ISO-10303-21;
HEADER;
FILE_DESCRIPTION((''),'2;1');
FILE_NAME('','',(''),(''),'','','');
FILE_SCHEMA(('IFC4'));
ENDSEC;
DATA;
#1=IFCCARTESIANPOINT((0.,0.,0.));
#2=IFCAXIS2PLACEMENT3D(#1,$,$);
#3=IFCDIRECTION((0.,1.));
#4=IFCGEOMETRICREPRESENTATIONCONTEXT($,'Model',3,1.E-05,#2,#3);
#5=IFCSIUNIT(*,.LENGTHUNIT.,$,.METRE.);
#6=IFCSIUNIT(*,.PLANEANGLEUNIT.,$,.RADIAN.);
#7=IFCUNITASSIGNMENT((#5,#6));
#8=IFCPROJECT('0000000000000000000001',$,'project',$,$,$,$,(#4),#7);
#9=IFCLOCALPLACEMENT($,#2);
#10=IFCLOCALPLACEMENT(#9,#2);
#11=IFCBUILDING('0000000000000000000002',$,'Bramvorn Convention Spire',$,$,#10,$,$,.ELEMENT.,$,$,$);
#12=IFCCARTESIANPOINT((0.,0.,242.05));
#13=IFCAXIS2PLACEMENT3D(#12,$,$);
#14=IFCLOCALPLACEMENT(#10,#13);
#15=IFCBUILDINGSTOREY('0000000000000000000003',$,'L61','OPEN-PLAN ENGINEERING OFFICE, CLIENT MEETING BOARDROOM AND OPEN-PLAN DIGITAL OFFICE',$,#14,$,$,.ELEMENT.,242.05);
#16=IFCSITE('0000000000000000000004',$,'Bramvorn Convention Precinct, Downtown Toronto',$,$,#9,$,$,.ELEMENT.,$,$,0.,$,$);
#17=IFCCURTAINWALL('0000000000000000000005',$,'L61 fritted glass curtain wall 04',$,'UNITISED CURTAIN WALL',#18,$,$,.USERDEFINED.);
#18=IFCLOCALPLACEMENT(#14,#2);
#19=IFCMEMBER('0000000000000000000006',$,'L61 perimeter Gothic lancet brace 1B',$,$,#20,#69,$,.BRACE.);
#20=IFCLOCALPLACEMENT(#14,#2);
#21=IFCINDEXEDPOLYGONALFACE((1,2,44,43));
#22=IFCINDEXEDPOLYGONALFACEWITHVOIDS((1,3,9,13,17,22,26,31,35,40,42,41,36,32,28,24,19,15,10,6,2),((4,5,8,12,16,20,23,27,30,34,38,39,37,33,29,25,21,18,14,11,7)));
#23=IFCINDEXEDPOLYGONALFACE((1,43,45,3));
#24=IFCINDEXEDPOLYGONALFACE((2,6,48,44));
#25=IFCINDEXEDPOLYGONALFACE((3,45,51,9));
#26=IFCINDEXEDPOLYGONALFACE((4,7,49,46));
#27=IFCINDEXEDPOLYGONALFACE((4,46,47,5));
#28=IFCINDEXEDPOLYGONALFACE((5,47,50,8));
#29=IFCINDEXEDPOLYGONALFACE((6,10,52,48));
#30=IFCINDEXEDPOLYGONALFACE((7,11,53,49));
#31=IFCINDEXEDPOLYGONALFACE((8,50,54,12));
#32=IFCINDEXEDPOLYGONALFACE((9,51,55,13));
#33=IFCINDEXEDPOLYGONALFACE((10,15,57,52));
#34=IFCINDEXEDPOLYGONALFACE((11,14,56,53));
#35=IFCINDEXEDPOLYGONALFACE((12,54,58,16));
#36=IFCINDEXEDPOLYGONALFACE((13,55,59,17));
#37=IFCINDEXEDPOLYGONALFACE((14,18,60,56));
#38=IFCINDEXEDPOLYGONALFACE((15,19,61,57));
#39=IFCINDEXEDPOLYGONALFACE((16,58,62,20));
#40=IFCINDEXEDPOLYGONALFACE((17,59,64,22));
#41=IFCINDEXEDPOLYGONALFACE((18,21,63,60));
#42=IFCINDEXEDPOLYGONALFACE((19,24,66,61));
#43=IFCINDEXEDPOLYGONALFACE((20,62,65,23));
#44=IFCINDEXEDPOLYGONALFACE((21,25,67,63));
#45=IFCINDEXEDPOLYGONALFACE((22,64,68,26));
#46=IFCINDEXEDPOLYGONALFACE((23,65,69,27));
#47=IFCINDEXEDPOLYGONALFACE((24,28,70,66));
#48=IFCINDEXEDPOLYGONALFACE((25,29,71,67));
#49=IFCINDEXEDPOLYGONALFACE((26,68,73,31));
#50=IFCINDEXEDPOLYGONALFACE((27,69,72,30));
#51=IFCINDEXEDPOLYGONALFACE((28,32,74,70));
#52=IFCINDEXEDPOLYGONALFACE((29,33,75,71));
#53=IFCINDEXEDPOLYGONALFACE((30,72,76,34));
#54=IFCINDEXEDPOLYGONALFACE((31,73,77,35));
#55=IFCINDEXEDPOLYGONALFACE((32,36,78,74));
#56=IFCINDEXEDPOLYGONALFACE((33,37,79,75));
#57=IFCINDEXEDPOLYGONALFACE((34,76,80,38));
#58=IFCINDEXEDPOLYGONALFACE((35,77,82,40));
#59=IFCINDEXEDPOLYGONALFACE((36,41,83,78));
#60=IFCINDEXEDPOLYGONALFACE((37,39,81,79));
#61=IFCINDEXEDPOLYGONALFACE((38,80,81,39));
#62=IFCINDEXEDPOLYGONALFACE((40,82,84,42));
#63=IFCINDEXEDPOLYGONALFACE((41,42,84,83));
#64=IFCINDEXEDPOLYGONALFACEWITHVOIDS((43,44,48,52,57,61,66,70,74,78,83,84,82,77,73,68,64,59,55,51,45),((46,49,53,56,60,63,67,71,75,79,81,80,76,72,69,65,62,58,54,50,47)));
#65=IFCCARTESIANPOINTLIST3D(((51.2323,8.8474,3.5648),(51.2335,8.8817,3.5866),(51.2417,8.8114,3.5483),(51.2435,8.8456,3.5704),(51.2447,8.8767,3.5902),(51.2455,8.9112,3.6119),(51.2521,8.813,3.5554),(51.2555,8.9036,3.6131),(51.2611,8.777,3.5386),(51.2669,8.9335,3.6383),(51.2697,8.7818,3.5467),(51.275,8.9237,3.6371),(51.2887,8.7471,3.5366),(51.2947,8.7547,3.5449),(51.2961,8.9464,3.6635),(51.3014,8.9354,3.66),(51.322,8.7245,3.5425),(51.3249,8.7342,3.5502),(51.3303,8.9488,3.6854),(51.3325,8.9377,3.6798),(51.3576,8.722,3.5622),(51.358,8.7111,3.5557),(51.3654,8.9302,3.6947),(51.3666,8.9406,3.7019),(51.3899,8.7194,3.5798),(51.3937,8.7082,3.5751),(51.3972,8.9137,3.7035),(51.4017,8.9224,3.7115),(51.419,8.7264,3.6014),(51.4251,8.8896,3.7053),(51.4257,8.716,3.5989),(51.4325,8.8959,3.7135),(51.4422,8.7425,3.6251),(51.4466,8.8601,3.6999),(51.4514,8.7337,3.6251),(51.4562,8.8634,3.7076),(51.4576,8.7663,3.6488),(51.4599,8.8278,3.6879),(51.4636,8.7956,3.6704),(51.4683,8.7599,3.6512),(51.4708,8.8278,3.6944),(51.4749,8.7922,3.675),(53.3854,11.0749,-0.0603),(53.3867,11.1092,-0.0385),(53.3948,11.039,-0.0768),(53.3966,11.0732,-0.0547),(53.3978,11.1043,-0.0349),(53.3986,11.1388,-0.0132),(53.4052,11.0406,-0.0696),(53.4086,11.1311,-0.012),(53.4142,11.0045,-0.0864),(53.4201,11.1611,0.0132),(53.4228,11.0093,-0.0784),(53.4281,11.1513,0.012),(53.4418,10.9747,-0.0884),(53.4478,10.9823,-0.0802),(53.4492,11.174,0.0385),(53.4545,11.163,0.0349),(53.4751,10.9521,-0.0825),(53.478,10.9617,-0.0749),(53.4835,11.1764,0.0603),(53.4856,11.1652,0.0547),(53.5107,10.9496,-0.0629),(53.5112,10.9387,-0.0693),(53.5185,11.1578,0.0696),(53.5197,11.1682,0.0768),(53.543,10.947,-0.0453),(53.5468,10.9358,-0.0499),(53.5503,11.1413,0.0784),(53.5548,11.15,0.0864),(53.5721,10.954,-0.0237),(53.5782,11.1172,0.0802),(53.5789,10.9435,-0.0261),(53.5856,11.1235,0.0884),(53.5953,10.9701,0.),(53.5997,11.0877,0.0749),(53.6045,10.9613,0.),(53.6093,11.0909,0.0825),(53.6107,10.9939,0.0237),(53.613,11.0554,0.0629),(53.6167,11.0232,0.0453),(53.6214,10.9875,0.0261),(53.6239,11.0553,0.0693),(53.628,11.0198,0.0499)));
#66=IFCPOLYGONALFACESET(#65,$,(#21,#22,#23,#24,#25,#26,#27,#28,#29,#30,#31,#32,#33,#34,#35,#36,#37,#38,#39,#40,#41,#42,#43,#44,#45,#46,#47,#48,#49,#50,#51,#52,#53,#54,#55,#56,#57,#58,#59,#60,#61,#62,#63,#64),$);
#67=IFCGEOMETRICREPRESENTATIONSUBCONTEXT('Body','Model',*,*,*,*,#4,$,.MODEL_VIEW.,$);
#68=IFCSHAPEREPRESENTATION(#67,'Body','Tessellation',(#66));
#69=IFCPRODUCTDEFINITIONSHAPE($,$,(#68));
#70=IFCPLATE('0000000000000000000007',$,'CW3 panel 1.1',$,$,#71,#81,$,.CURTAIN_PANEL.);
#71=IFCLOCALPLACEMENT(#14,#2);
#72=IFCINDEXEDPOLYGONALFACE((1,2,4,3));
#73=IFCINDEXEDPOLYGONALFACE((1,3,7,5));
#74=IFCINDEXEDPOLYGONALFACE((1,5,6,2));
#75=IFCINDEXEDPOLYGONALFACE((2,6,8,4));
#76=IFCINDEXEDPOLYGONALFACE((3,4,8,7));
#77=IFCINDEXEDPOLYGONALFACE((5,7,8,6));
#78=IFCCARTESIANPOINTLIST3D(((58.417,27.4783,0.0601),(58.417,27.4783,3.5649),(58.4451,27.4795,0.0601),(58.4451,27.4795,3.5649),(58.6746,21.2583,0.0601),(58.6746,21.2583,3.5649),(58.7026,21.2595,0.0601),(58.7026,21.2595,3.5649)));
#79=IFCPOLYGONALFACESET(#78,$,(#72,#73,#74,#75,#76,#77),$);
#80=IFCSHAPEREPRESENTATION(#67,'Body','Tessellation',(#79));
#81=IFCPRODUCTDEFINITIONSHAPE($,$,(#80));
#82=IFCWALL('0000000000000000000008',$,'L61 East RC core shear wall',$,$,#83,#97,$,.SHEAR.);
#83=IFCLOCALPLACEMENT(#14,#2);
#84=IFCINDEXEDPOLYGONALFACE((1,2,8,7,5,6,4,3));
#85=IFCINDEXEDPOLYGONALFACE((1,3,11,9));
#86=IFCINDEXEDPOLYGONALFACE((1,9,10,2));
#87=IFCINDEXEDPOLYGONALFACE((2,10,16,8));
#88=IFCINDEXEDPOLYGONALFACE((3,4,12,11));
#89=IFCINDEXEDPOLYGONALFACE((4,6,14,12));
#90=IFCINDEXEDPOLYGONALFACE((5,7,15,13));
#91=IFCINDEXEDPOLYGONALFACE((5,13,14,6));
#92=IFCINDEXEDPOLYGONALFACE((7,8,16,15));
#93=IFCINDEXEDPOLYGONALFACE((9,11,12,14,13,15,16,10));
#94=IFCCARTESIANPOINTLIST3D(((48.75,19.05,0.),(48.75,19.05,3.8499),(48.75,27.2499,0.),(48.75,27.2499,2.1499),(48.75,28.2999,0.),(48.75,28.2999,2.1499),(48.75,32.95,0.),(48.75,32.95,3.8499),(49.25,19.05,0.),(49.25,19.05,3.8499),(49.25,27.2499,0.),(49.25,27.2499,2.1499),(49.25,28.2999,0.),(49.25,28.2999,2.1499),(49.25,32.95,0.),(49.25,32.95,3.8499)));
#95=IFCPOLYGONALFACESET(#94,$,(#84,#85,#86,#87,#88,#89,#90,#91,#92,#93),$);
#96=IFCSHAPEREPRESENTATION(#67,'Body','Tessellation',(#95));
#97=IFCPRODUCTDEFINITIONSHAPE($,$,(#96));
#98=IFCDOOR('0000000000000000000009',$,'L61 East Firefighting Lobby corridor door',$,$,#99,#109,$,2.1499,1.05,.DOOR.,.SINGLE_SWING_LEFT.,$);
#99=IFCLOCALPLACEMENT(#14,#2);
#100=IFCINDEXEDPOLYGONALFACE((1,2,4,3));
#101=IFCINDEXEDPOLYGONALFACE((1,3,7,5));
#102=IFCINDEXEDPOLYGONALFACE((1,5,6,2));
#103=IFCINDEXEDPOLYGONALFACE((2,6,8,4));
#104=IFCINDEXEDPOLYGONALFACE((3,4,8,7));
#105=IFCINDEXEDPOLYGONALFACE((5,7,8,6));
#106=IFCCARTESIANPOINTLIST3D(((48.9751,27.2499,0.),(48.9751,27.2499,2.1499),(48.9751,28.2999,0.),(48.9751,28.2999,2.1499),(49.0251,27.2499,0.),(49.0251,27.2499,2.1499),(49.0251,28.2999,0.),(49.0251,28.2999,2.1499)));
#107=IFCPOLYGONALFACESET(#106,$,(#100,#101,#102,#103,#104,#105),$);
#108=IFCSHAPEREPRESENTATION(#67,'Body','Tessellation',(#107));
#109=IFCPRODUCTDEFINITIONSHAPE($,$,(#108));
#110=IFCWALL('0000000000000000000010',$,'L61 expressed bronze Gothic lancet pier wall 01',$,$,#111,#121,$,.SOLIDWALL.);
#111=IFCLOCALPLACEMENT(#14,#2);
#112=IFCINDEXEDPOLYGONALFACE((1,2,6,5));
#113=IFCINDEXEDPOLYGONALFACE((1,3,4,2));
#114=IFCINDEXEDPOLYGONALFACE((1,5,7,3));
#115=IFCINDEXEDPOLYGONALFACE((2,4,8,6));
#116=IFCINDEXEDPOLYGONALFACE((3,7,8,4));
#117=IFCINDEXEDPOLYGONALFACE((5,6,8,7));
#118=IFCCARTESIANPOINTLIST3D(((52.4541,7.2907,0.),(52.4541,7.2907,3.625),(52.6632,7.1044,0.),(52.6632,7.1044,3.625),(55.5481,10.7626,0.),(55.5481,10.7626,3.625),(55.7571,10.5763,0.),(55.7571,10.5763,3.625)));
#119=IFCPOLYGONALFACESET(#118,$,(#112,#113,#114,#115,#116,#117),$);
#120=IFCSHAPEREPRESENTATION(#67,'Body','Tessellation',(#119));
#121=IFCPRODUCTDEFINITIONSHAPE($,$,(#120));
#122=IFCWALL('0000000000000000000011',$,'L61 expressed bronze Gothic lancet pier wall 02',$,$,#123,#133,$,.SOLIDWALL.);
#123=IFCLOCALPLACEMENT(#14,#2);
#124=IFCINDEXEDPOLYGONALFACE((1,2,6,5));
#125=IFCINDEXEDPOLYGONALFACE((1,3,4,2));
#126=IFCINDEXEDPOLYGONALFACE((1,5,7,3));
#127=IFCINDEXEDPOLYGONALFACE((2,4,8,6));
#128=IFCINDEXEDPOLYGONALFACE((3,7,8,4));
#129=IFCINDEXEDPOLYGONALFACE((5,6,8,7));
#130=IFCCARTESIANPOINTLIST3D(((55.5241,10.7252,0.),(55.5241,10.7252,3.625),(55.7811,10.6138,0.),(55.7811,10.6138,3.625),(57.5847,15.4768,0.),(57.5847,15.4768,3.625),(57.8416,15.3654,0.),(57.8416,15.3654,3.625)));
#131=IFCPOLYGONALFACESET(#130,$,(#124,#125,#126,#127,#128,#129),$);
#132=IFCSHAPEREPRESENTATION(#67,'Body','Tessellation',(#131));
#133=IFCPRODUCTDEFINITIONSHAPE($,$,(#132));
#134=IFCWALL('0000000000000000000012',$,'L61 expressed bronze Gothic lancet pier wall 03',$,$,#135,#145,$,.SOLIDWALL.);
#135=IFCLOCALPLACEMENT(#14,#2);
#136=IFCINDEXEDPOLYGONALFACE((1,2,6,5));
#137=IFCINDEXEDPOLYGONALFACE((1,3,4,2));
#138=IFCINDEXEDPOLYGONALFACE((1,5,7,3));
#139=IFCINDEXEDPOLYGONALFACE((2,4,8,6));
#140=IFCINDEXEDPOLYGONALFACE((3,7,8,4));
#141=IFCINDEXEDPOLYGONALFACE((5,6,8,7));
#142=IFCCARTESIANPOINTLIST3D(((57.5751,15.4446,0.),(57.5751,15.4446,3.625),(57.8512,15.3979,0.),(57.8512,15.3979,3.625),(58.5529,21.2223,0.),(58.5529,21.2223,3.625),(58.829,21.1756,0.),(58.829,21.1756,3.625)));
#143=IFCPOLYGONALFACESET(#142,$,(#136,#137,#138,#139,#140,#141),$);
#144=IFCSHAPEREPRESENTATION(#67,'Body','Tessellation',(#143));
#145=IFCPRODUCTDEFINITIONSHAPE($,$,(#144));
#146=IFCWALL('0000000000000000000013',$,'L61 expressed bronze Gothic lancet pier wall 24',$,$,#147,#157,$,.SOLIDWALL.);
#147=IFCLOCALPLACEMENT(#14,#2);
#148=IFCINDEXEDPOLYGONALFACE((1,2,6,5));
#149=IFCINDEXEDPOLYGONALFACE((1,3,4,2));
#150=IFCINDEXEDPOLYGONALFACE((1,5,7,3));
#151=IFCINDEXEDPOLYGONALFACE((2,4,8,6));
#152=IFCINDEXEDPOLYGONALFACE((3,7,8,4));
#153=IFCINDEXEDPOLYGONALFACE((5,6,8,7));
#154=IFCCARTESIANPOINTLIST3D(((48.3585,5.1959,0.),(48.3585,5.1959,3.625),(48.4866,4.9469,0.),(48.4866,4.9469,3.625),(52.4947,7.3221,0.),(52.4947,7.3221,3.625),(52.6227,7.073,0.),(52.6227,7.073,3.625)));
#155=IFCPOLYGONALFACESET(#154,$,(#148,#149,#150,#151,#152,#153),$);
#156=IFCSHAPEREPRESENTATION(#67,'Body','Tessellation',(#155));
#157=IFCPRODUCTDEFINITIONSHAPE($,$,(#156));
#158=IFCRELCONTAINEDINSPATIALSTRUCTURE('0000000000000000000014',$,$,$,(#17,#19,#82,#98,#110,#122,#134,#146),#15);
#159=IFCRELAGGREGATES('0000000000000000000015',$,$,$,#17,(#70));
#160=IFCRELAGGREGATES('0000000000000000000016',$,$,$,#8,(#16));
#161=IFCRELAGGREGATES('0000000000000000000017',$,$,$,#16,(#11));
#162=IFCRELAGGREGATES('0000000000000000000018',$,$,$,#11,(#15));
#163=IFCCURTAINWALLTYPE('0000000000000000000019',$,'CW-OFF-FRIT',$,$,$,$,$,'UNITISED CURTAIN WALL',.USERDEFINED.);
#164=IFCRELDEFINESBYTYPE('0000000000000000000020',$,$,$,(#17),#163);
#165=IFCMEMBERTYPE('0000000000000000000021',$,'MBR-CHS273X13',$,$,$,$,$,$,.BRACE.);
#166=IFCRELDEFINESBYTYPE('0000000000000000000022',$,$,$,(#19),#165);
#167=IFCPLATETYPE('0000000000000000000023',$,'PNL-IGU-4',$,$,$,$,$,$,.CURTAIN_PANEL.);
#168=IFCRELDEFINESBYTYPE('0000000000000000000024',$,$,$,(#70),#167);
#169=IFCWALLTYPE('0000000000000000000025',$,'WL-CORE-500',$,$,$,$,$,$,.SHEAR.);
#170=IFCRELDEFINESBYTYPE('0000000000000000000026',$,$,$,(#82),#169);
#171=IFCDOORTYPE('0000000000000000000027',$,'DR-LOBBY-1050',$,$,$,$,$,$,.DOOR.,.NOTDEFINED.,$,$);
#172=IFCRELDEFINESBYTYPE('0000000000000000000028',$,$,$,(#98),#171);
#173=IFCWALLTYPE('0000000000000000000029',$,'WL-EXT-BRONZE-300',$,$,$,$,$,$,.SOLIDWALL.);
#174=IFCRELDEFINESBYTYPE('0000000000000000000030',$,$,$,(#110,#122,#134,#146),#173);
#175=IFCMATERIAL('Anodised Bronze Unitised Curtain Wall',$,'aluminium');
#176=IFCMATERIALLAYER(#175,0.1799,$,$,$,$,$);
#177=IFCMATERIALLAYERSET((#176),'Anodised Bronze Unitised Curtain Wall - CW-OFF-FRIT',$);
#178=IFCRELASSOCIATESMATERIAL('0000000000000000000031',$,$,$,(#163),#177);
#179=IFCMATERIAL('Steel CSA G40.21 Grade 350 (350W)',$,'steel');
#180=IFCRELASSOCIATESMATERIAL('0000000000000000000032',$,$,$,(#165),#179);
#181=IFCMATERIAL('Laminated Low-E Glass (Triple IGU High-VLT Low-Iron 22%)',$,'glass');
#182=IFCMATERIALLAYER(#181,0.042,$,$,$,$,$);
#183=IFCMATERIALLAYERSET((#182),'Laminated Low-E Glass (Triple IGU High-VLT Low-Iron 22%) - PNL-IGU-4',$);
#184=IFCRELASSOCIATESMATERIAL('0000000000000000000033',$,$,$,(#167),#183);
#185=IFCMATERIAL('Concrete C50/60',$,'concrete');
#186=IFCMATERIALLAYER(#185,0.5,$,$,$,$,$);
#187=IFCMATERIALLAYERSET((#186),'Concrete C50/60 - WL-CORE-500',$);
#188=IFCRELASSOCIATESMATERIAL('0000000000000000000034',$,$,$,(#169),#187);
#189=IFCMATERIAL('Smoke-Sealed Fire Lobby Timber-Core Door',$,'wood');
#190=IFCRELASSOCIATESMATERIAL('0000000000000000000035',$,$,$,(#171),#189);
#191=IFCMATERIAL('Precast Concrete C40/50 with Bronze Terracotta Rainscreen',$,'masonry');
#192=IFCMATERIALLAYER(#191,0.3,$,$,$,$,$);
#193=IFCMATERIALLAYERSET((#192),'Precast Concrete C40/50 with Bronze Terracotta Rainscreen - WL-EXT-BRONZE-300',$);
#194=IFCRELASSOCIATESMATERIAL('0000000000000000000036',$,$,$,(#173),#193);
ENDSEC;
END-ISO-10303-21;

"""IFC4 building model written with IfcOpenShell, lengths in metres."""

from ifc_helpers import new_model, si_unit, direction, frame, frame_2d, origin, origin_2d, place, context, subcontext, project, spatial, rectangle, hollow_circle, extrude, material, layer, layer_set, material_profile, profile_set, type_object, element, fill, aggregate, save


model = new_model("IFC4")

# Units and contexts
model_context = context("Model", 3, precision=1e-05, world=origin(), true_north=direction((0.0, 1.0)))
body_context = subcontext(model_context, "Body", "Model", "MODEL_VIEW")
ifc_project = project(units=[si_unit("LENGTHUNIT", "METRE"), si_unit("PLANEANGLEUNIT", "RADIAN")], contexts=[model_context])

# Site, building, storey
site_placement = place(None, origin())
site = spatial("IfcSite", under=ifc_project, at=site_placement, Name="Bramvorn Convention Precinct, Downtown Toronto", CompositionType="ELEMENT", RefElevation=0.0)
building_placement = place(site_placement, origin())
building = spatial("IfcBuilding", under=site, at=building_placement, Name="Bramvorn Convention Spire", CompositionType="ELEMENT")
storey_placement = place(building_placement, frame((0.0, 0.0, 242.05)))
storey = spatial("IfcBuildingStorey", under=building, at=storey_placement, Name="L61", Description="OPEN-PLAN ENGINEERING OFFICE, CLIENT MEETING BOARDROOM AND OPEN-PLAN DIGITAL OFFICE", CompositionType="ELEMENT", Elevation=242.05)

# Shared definitions
ifc_material_1 = material(Name="Steel CSA G40.21 Grade 350 (350W)", Category="steel")

# Curtain wall
ifc_material_2 = material(Name="Anodised Bronze Unitised Curtain Wall", Category="aluminium")
ifc_layer_1 = layer(ifc_material_2, 0.1799)
ifc_layer_set_1 = layer_set([ifc_layer_1], Name="Anodised Bronze Unitised Curtain Wall - CW-OFF-FRIT")
curtain_wall_type = type_object("IfcCurtainWallType", Name="CW-OFF-FRIT", ElementType="UNITISED CURTAIN WALL", PredefinedType="USERDEFINED", material=ifc_layer_set_1)
curtain_wall_1_placement = place(storey_placement, origin())
curtain_wall_1 = element("IfcCurtainWall", 1, at=curtain_wall_1_placement, inside=storey, type_object=curtain_wall_type, Name="L61 fritted glass curtain wall 04", ObjectType="UNITISED CURTAIN WALL", PredefinedType="USERDEFINED")

# Member
ifc_material_profile_1 = material_profile(ifc_material_1, hollow_circle(Radius=0.1365, WallThickness=0.0127, at=origin_2d()))
ifc_profile_set_1 = profile_set([ifc_material_profile_1], Name="Steel CSA G40.21 Grade 350 (350W) - CHS273X13")
member_type_1 = type_object("IfcMemberType", Name="MBR-CHS273X13", PredefinedType="BRACE", material=ifc_profile_set_1)
for number, where, z_axis, x_axis, name in (
    (2, (53.5063, 11.0562, 0.0), (-0.451524, -0.467139, 0.760202), (0.719023, -0.694987, 0.0), "L61 perimeter Gothic lancet brace 1B"),
):
    element("IfcMember", number, at=place(storey_placement, frame(where, z_axis=z_axis, x_axis=x_axis)), inside=storey, type_object=member_type_1, Name=name, PredefinedType="BRACE", context=body_context, shape_type="SweptSolid", body=[
        extrude(hollow_circle(Radius=0.1365, WallThickness=0.0127, at=origin_2d()), origin(), (0.0, 0.0, 1.0), 4.7686),
    ])

# Plate
ifc_material_3 = material(Name="Laminated Low-E Glass (Triple IGU High-VLT Low-Iron 22%)", Category="glass")
ifc_layer_2 = layer(ifc_material_3, 0.042)
ifc_layer_set_2 = layer_set([ifc_layer_2], Name="Laminated Low-E Glass (Triple IGU High-VLT Low-Iron 22%) - PNL-IGU-4")
plate_type = type_object("IfcPlateType", Name="PNL-IGU-4", PredefinedType="CURTAIN_PANEL", material=ifc_layer_set_2)
plate_placement = place(storey_placement, frame((58.5598, 24.3689, 0.0601), z_axis=(0.0, 0.0, 1.0), x_axis=(0.04137, -0.999144, 0.0)))
plate = element("IfcPlate", 3, at=plate_placement, type_object=plate_type, Name="CW3 panel 1.1", PredefinedType="CURTAIN_PANEL", context=body_context, shape_type="SweptSolid", body=[
    extrude(rectangle(XDim=6.2253, YDim=0.0281, at=origin_2d()), origin(), (0.0, 0.0, 1.0), 3.5049),
])
aggregate(curtain_wall_1, [plate])

# Wall, opening, door
ifc_material_4 = material(Name="Concrete C50/60", Category="concrete")
ifc_layer_3 = layer(ifc_material_4, 0.5)
ifc_layer_set_3 = layer_set([ifc_layer_3], Name="Concrete C50/60 - WL-CORE-500")
wall_type_1 = type_object("IfcWallType", Name="WL-CORE-500", PredefinedType="SHEAR", material=ifc_layer_set_3)
wall_1_placement = place(storey_placement, frame((49.0, 19.05, 0.0), z_axis=(0.0, 0.0, 1.0), x_axis=(0.0, 1.0, 0.0)))
wall_1 = element("IfcWall", 4, at=wall_1_placement, inside=storey, type_object=wall_type_1, Name="L61 East RC core shear wall", PredefinedType="SHEAR", context=body_context, shape_type="SweptSolid", body=[
    extrude(rectangle(XDim=13.8999, YDim=0.5, at=frame_2d((6.95, 0.0))), origin(), (0.0, 0.0, 1.0), 3.8499),
])
opening_1_placement = place(wall_1_placement, frame((8.2, 0.0, 0.0)))
opening_1 = element("IfcOpeningElement", 5, at=opening_1_placement, cuts=wall_1, PredefinedType="OPENING", context=body_context, shape_type="SweptSolid", body=[
    extrude(rectangle(XDim=1.05, YDim=2.1499, at=frame_2d((0.5249, 1.075))), frame((0.0, 0.26, 0.0), z_axis=(0.0, -1.0, 0.0), x_axis=(1.0, 0.0, 0.0)), (0.0, 0.0, 1.0), 0.52),
])
ifc_material_5 = material(Name="Smoke-Sealed Fire Lobby Timber-Core Door", Category="wood")
door_type_1 = type_object("IfcDoorType", Name="DR-LOBBY-1050", OperationType="NOTDEFINED", PredefinedType="DOOR", material=ifc_material_5)
door_1_placement = place(opening_1_placement, origin())
door_1 = element("IfcDoor", 6, at=door_1_placement, inside=storey, type_object=door_type_1, Name="L61 East Firefighting Lobby corridor door", OperationType="SINGLE_SWING_LEFT", OverallHeight=2.1499, OverallWidth=1.05, PredefinedType="DOOR", context=body_context, shape_type="SweptSolid", body=[
    extrude(rectangle(XDim=1.05, YDim=2.1499, at=frame_2d((0.5249, 1.075))), frame((0.0, 0.0249, 0.0), z_axis=(0.0, -1.0, 0.0), x_axis=(1.0, 0.0, 0.0)), (0.0, 0.0, 1.0), 0.05),
])
fill(opening_1, door_1)

# Walls
ifc_material_6 = material(Name="Precast Concrete C40/50 with Bronze Terracotta Rainscreen", Category="masonry")
ifc_layer_4 = layer(ifc_material_6, 0.3)
ifc_layer_set_4 = layer_set([ifc_layer_4], Name="Precast Concrete C40/50 with Bronze Terracotta Rainscreen - WL-EXT-BRONZE-300")
wall_type_2 = type_object("IfcWallType", Name="WL-EXT-BRONZE-300", PredefinedType="SOLIDWALL", material=ifc_layer_set_4)
wall_2_placement = place(storey_placement, frame((55.6526, 10.6694, 0.0), z_axis=(0.0, 0.0, 1.0), x_axis=(-0.665305, -0.746572, 0.0)))
element("IfcWall", 7, at=wall_2_placement, inside=storey, type_object=wall_type_2, Name="L61 expressed bronze Gothic lancet pier wall 01", PredefinedType="SOLIDWALL", context=body_context, shape_type="SweptSolid", body=[
    extrude(rectangle(XDim=4.6504, YDim=0.28, at=frame_2d((2.3252, 0.0))), origin(), (0.0, 0.0, 1.0), 3.625),
])
wall_3_placement = place(storey_placement, frame((57.7131, 15.4211, 0.0), z_axis=(0.0, 0.0, 1.0), x_axis=(-0.397847, -0.917452, 0.0)))
element("IfcWall", 8, at=wall_3_placement, inside=storey, type_object=wall_type_2, Name="L61 expressed bronze Gothic lancet pier wall 02", PredefinedType="SOLIDWALL", context=body_context, shape_type="SweptSolid", body=[
    extrude(rectangle(XDim=5.1792, YDim=0.28, at=frame_2d((2.5896, 0.0))), origin(), (0.0, 0.0, 1.0), 3.625),
])
wall_4_placement = place(storey_placement, frame((58.6909, 21.199, 0.0), z_axis=(0.0, 0.0, 1.0), x_axis=(-0.166858, -0.985981, 0.0)))
element("IfcWall", 9, at=wall_4_placement, inside=storey, type_object=wall_type_2, Name="L61 expressed bronze Gothic lancet pier wall 03", PredefinedType="SOLIDWALL", context=body_context, shape_type="SweptSolid", body=[
    extrude(rectangle(XDim=5.8599, YDim=0.28, at=frame_2d((2.9299, 0.0))), origin(), (0.0, 0.0, 1.0), 3.625),
])
wall_5_placement = place(storey_placement, frame((52.5586, 7.1975, 0.0), z_axis=(0.0, 0.0, 1.0), x_axis=(-0.889374, -0.457181, 0.0)))
element("IfcWall", 10, at=wall_5_placement, inside=storey, type_object=wall_type_2, Name="L61 expressed bronze Gothic lancet pier wall 24", PredefinedType="SOLIDWALL", context=body_context, shape_type="SweptSolid", body=[
    extrude(rectangle(XDim=4.6506, YDim=0.28, at=frame_2d((2.3252, 0.0))), origin(), (0.0, 0.0, 1.0), 3.625),
])

save(model, "model.ifc")
